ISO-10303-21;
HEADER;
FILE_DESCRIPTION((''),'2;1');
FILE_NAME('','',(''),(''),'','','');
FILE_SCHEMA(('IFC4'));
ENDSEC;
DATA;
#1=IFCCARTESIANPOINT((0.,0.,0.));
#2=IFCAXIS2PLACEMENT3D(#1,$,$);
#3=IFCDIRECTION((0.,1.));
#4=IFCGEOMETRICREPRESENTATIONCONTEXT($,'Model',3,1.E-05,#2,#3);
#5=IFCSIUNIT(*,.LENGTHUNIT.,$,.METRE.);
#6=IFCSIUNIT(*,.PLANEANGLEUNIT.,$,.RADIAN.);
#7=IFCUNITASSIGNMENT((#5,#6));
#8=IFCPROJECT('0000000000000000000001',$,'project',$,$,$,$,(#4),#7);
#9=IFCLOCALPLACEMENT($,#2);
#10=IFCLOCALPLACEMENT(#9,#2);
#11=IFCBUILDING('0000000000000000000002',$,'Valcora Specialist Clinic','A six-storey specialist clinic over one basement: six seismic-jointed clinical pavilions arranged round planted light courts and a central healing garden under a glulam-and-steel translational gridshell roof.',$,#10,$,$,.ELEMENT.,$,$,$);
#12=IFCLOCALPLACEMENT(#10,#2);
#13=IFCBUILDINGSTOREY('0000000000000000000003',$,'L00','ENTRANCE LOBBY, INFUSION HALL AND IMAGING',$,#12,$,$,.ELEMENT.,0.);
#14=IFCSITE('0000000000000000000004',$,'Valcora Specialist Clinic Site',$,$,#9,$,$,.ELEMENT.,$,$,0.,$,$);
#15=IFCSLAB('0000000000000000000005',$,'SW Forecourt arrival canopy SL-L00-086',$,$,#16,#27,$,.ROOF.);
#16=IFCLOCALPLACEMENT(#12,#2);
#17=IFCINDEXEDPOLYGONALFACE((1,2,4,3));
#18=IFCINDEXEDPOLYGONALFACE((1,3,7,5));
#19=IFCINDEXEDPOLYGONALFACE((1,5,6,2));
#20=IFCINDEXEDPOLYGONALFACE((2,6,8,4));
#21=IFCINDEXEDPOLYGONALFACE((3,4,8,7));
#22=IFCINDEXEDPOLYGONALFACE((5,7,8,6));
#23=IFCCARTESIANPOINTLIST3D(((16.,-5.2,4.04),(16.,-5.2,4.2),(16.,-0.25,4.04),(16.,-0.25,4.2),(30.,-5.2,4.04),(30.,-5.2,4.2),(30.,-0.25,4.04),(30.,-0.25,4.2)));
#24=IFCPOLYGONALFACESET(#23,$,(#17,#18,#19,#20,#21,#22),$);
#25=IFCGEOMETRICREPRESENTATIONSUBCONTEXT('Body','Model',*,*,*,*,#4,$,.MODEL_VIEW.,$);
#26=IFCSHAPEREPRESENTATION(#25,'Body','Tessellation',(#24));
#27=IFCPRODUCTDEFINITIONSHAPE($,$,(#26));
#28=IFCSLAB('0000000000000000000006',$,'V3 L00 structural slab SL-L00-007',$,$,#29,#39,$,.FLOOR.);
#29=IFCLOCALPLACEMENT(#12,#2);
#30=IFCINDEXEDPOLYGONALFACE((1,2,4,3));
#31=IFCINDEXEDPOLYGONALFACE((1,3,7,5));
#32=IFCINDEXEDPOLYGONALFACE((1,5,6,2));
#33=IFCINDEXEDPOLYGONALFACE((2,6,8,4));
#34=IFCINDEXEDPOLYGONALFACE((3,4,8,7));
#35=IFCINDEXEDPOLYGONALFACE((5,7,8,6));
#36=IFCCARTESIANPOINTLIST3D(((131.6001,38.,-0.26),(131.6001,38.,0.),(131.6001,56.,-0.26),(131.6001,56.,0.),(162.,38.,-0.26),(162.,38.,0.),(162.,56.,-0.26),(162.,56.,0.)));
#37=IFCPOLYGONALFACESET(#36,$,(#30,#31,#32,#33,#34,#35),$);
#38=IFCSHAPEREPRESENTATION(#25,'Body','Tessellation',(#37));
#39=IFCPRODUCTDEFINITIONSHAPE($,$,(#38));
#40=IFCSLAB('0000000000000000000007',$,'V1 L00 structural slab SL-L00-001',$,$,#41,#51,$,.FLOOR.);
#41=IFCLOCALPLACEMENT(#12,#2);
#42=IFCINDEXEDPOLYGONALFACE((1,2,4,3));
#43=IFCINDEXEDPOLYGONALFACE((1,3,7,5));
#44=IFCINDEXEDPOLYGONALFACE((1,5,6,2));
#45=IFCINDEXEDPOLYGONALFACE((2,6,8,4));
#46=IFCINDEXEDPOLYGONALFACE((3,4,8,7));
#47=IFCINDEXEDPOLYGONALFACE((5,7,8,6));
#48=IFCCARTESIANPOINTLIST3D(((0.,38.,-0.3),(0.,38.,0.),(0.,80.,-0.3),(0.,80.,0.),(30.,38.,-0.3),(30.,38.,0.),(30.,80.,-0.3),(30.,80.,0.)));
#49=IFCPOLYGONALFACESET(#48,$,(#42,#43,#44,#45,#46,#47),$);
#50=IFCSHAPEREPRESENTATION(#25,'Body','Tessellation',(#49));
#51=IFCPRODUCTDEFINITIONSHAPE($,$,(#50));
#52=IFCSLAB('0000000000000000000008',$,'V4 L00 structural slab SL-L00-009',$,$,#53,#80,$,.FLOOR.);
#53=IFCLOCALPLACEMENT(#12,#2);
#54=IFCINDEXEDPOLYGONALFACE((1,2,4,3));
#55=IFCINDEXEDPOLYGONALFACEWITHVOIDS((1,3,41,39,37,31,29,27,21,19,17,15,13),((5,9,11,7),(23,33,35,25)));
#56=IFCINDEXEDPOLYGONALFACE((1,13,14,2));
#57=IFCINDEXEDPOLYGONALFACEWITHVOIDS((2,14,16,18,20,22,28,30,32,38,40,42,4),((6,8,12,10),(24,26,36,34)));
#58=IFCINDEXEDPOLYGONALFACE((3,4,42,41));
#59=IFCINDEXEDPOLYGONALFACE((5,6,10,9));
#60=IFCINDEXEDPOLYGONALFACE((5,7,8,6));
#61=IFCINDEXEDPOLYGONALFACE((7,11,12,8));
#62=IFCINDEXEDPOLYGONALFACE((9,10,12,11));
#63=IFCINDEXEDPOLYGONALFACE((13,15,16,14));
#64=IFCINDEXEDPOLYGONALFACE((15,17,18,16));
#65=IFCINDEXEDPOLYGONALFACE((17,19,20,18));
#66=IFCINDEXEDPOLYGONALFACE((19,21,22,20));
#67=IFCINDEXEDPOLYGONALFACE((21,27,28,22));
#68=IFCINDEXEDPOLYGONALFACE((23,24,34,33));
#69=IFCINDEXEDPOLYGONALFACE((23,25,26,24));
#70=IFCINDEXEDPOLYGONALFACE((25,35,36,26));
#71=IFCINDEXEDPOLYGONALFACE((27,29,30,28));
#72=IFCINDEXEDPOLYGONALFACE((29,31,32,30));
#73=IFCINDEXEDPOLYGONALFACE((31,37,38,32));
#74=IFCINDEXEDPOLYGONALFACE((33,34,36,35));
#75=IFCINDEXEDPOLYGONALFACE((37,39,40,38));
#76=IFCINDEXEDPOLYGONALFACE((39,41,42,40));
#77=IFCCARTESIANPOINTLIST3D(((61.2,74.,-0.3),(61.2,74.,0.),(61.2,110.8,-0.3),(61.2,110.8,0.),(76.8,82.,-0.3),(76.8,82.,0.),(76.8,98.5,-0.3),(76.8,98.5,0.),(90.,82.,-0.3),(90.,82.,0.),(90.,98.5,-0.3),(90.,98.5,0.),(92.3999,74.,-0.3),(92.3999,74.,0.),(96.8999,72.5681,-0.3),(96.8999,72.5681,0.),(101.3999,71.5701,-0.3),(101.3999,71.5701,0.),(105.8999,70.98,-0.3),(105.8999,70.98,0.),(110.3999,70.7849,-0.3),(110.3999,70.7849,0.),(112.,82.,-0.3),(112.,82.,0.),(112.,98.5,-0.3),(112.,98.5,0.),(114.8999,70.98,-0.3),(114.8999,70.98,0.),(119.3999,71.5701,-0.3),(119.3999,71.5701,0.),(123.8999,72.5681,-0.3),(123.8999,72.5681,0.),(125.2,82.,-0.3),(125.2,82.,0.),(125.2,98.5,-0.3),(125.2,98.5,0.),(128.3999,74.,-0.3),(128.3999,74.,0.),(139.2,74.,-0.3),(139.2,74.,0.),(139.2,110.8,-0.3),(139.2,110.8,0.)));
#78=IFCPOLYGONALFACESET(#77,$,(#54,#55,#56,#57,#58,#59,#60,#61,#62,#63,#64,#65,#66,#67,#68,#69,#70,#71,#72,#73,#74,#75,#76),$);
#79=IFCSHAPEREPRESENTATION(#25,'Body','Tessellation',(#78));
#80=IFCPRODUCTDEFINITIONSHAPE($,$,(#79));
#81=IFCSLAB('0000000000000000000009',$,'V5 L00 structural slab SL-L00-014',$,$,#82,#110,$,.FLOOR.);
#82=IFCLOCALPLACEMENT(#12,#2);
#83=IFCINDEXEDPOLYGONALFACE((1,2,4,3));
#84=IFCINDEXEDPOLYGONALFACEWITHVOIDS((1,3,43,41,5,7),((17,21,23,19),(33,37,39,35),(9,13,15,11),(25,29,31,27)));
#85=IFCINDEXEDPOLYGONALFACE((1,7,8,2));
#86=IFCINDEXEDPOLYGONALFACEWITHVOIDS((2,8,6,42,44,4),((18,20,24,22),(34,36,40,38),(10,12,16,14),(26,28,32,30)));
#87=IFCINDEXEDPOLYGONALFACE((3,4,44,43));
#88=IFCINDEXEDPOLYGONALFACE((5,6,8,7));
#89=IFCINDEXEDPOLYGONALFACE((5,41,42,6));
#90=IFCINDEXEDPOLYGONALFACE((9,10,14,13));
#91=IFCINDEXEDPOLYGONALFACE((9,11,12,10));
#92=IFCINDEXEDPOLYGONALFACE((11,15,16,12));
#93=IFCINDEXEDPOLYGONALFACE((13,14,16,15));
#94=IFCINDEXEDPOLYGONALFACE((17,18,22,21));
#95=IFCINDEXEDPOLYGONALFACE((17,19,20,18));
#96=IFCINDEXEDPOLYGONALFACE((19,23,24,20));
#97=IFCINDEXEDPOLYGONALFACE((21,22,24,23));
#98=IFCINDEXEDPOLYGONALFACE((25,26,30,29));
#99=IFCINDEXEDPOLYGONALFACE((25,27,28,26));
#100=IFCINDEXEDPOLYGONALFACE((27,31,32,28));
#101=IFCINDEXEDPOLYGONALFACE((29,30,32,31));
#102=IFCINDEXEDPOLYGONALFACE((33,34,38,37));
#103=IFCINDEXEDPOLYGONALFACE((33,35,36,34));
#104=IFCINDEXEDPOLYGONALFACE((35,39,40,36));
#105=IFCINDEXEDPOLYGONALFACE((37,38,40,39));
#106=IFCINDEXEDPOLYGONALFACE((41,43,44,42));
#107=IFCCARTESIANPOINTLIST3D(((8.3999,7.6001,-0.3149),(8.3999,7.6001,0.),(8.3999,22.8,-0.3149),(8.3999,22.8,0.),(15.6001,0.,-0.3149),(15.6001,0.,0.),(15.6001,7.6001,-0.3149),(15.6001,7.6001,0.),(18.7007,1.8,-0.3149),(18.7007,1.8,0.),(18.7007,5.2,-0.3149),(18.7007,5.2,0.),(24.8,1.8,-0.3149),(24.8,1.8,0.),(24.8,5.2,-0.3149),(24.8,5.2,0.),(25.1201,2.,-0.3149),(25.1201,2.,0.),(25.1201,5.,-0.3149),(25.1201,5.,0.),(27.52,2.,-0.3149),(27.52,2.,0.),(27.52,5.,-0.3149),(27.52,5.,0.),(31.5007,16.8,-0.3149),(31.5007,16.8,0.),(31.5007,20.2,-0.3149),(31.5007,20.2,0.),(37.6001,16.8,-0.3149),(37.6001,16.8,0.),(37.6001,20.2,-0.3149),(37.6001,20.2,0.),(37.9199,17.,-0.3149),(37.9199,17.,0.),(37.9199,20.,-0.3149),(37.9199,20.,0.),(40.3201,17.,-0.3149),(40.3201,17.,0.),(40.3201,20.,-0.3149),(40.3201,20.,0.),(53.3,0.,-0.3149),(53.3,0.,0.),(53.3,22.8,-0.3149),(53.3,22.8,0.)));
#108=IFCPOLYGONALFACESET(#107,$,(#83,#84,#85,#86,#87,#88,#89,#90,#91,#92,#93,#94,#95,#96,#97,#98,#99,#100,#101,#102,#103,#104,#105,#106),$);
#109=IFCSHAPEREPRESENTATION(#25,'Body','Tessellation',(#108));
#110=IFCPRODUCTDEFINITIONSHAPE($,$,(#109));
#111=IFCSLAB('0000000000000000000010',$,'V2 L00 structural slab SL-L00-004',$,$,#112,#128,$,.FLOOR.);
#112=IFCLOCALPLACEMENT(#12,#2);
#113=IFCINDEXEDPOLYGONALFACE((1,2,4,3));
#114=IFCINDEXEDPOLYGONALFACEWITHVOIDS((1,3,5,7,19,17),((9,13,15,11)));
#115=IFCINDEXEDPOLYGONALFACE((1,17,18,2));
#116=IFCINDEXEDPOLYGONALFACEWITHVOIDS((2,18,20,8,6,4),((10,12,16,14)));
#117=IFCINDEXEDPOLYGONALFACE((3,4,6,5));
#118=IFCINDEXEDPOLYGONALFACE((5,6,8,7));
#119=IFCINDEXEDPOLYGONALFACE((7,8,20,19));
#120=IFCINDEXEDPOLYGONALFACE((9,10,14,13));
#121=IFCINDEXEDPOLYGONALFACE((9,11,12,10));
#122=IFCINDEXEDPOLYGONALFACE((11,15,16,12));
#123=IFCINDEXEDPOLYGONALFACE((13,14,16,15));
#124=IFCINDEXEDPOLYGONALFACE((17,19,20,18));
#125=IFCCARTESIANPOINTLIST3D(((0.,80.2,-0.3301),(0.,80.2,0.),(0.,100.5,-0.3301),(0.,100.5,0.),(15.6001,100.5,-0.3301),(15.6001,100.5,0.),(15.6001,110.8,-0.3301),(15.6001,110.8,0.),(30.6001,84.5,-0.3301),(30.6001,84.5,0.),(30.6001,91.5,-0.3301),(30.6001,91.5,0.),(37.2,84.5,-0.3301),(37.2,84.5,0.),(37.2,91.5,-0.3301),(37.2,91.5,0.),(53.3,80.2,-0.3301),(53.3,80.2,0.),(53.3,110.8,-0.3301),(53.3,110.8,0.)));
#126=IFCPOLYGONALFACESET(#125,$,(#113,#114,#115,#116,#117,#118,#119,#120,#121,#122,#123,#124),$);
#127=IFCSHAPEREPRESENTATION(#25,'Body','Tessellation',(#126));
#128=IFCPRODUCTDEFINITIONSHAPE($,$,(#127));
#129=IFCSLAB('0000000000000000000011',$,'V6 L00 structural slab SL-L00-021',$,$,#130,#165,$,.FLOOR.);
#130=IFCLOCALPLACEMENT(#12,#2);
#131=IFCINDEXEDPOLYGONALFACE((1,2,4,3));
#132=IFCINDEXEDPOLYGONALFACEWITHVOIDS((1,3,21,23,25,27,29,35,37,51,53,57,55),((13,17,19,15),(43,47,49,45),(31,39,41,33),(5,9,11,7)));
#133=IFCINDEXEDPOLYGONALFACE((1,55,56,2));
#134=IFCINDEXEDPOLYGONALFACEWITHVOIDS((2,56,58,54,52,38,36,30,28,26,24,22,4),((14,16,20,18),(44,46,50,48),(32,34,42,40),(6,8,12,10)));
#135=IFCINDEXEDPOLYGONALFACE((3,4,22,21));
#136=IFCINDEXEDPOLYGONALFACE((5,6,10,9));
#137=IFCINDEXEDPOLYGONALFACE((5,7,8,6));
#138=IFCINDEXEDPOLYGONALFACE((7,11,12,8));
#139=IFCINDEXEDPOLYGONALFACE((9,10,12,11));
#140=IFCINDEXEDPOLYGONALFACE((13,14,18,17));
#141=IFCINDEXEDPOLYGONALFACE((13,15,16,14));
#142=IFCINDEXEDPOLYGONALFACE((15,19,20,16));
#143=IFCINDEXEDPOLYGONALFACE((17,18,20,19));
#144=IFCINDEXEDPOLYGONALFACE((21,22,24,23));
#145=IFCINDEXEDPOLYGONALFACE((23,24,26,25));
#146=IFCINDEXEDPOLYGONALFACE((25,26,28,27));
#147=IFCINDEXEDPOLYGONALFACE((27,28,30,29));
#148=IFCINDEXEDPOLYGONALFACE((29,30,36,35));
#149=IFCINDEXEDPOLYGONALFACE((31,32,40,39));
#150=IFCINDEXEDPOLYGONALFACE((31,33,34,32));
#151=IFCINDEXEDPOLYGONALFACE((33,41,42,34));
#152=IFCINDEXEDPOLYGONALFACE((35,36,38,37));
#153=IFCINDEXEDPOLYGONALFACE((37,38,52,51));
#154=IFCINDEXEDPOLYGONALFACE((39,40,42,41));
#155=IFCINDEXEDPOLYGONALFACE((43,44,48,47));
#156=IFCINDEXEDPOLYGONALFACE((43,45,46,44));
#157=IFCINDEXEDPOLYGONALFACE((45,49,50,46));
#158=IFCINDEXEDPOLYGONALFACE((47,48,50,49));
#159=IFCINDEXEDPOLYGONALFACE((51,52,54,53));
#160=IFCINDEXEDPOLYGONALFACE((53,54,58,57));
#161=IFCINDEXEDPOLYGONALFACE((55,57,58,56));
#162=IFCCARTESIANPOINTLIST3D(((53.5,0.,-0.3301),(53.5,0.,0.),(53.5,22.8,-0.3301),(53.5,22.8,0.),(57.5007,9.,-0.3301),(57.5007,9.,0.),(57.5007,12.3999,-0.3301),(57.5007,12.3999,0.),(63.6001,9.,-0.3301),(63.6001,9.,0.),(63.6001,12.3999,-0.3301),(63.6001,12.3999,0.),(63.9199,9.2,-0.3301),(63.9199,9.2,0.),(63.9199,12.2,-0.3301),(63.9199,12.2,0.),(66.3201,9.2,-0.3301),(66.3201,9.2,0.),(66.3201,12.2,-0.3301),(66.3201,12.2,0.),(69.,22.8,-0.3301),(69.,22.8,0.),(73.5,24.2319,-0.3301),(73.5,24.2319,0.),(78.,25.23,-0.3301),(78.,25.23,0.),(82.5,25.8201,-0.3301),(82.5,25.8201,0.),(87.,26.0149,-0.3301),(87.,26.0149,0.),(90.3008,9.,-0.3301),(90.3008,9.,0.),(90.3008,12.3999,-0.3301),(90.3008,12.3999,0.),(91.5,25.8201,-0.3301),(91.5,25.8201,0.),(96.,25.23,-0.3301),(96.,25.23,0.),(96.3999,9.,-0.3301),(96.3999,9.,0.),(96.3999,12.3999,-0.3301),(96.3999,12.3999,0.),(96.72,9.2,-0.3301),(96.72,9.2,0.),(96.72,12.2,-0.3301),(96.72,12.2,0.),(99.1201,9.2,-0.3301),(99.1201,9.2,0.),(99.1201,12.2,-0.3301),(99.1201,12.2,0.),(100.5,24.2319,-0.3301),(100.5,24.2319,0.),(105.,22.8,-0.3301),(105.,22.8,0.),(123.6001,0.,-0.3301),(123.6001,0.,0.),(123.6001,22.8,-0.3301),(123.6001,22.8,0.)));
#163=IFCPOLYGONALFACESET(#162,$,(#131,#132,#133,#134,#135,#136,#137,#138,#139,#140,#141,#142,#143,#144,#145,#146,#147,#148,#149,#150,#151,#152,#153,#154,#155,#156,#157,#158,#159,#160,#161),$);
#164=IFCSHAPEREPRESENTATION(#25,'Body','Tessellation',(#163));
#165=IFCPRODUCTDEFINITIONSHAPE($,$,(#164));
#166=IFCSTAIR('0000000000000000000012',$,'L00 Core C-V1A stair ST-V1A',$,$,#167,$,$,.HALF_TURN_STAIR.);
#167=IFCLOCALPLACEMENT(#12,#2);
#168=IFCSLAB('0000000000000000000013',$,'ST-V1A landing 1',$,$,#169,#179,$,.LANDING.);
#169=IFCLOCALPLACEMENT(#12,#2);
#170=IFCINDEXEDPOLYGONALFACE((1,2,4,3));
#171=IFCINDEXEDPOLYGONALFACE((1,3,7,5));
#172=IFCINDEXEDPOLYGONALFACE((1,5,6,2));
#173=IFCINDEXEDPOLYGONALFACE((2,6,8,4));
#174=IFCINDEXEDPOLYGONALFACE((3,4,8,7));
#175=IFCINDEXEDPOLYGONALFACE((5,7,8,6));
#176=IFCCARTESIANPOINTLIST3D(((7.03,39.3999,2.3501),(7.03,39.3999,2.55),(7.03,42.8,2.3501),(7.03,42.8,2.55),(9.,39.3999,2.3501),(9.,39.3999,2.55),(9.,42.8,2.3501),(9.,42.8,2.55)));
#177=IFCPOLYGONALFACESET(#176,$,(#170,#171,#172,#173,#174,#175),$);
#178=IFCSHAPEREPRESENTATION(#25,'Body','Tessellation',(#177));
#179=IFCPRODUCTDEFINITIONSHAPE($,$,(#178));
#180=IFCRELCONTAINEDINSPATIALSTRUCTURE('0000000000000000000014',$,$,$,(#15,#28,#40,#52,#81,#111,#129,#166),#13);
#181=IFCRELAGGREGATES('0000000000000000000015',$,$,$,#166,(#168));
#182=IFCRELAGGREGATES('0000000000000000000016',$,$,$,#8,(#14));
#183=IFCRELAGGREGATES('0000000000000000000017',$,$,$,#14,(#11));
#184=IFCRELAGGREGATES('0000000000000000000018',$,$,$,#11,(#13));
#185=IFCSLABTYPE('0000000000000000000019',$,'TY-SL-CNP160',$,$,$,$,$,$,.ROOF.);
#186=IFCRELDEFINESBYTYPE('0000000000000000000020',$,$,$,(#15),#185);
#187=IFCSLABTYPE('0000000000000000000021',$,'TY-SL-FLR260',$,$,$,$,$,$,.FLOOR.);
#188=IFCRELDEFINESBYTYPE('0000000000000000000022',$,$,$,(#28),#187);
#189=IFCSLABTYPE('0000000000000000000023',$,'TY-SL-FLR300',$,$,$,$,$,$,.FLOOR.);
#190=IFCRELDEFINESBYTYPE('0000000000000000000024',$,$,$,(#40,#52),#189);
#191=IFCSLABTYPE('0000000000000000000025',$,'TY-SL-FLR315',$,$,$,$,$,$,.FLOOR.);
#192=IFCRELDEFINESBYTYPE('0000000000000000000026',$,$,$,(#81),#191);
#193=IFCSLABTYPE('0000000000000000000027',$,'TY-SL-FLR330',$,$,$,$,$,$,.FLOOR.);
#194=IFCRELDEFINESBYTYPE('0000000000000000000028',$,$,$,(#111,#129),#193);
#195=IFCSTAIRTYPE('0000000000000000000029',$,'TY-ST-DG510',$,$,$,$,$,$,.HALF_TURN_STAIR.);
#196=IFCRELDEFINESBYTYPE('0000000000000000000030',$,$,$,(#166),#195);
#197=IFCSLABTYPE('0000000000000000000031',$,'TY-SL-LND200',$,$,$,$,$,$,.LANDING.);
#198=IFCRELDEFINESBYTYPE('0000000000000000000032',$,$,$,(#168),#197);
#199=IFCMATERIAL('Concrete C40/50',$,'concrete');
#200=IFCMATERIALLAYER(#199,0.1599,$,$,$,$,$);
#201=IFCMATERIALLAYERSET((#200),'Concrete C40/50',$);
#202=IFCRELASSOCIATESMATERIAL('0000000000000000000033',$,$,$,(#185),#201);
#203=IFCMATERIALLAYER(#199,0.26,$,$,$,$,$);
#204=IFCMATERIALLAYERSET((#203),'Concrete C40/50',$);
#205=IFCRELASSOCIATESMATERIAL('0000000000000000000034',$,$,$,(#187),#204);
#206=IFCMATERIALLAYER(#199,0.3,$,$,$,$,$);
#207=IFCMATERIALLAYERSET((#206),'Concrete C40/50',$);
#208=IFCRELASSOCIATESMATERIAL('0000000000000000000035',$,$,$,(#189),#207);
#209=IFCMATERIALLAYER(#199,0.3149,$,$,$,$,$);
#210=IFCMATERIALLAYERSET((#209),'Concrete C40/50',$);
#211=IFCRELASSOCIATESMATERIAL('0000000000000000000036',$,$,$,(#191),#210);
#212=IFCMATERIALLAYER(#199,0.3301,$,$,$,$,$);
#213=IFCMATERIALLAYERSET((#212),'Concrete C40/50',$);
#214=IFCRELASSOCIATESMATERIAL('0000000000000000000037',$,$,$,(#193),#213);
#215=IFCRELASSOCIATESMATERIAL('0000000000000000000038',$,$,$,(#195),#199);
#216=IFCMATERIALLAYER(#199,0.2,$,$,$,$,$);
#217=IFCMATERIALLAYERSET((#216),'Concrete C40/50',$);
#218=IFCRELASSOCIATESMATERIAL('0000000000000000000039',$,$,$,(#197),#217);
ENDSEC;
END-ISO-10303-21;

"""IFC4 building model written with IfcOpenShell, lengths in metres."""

from ifc_helpers import new_model, si_unit, direction, frame, origin, place, context, subcontext, project, spatial, polyline, outline, extrude, material, layer, layer_set, type_object, element, aggregate, save


model = new_model("IFC4")

# Units and contexts
model_context = context("Model", 3, precision=1e-05, world=origin(), true_north=direction((0.0, 1.0)))
body_context = subcontext(model_context, "Body", "Model", "MODEL_VIEW")
ifc_project = project(units=[si_unit("LENGTHUNIT", "METRE"), si_unit("PLANEANGLEUNIT", "RADIAN")], contexts=[model_context])

# Site, building, storey
site_placement = place(None, origin())
site = spatial("IfcSite", under=ifc_project, at=site_placement, Name="Valcora Specialist Clinic Site", CompositionType="ELEMENT", RefElevation=0.0)
building_placement = place(site_placement, origin())
building = spatial("IfcBuilding", under=site, at=building_placement, Name="Valcora Specialist Clinic", Description="A six-storey specialist clinic over one basement: six seismic-jointed clinical pavilions arranged round planted light courts and a central healing garden under a glulam-and-steel translational gridshell roof.", CompositionType="ELEMENT")
storey_placement = place(building_placement, origin())
storey = spatial("IfcBuildingStorey", under=building, at=storey_placement, Name="L00", Description="ENTRANCE LOBBY, INFUSION HALL AND IMAGING", CompositionType="ELEMENT", Elevation=0.0)

# Slabs
ifc_material_1 = material(Name="Concrete C40/50", Category="concrete")
ifc_layer_1 = layer(ifc_material_1, 0.1599)
ifc_layer_set_1 = layer_set([ifc_layer_1], Name="Concrete C40/50")
slab_type_1 = type_object("IfcSlabType", Name="TY-SL-CNP160", PredefinedType="ROOF", material=ifc_layer_set_1)
slab_1_placement = place(storey_placement, frame((0.0, 0.0, 4.04)))
element("IfcSlab", 1, at=slab_1_placement, inside=storey, type_object=slab_type_1, Name="SW Forecourt arrival canopy SL-L00-086", PredefinedType="ROOF", context=body_context, shape_type="SweptSolid", body=[
    extrude(outline(polyline([(16.0, -5.2), (30.0, -5.2), (30.0, -0.25), (16.0, -0.25), (16.0, -5.2)])), origin(), (0.0, 0.0, 1.0), 0.1599),
])
ifc_layer_2 = layer(ifc_material_1, 0.26)
ifc_layer_set_2 = layer_set([ifc_layer_2], Name="Concrete C40/50")
slab_type_2 = type_object("IfcSlabType", Name="TY-SL-FLR260", PredefinedType="FLOOR", material=ifc_layer_set_2)
slab_2_placement = place(storey_placement, frame((0.0, 0.0, -0.26)))
element("IfcSlab", 2, at=slab_2_placement, inside=storey, type_object=slab_type_2, Name="V3 L00 structural slab SL-L00-007", PredefinedType="FLOOR", context=body_context, shape_type="SweptSolid", body=[
    extrude(outline(polyline([(131.6001, 38.0), (162.0, 38.0), (162.0, 56.0), (131.6001, 56.0), (131.6001, 38.0)])), origin(), (0.0, 0.0, 1.0), 0.26),
])
ifc_layer_3 = layer(ifc_material_1, 0.3)
ifc_layer_set_3 = layer_set([ifc_layer_3], Name="Concrete C40/50")
slab_type_3 = type_object("IfcSlabType", Name="TY-SL-FLR300", PredefinedType="FLOOR", material=ifc_layer_set_3)
slab_3_placement = place(storey_placement, frame((0.0, 0.0, -0.3)))
element("IfcSlab", 3, at=slab_3_placement, inside=storey, type_object=slab_type_3, Name="V1 L00 structural slab SL-L00-001", PredefinedType="FLOOR", context=body_context, shape_type="SweptSolid", body=[
    extrude(outline(polyline([(0.0, 38.0), (30.0, 38.0), (30.0, 80.0), (0.0, 80.0), (0.0, 38.0)])), origin(), (0.0, 0.0, 1.0), 0.3),
])
slab_4_placement = place(storey_placement, frame((0.0, 0.0, -0.3)))
element("IfcSlab", 4, at=slab_4_placement, inside=storey, type_object=slab_type_3, Name="V4 L00 structural slab SL-L00-009", PredefinedType="FLOOR", context=body_context, shape_type="SweptSolid", body=[
    extrude(outline(polyline([(61.2, 74.0), (92.3999, 74.0), (96.8999, 72.5681), (101.3999, 71.5701), (105.8999, 70.98), (110.3999, 70.7849), (114.8999, 70.98), (119.3999, 71.5701), (123.8999, 72.5681), (128.3999, 74.0), (139.2, 74.0), (139.2, 110.8), (61.2, 110.8), (61.2, 74.0)]), holes=[polyline([(76.8, 82.0), (90.0, 82.0), (90.0, 98.5), (76.8, 98.5), (76.8, 82.0)]), polyline([(112.0, 82.0), (125.2, 82.0), (125.2, 98.5), (112.0, 98.5), (112.0, 82.0)])]), origin(), (0.0, 0.0, 1.0), 0.3),
])
ifc_layer_4 = layer(ifc_material_1, 0.3149)
ifc_layer_set_4 = layer_set([ifc_layer_4], Name="Concrete C40/50")
slab_type_4 = type_object("IfcSlabType", Name="TY-SL-FLR315", PredefinedType="FLOOR", material=ifc_layer_set_4)
slab_5_placement = place(storey_placement, frame((0.0, 0.0, -0.3149)))
element("IfcSlab", 5, at=slab_5_placement, inside=storey, type_object=slab_type_4, Name="V5 L00 structural slab SL-L00-014", PredefinedType="FLOOR", context=body_context, shape_type="SweptSolid", body=[
    extrude(outline(polyline([(15.6001, 0.0), (53.3, 0.0), (53.3, 22.8), (8.3999, 22.8), (8.3999, 7.6001), (15.6001, 7.6001), (15.6001, 0.0)]), holes=[polyline([(18.7007, 1.8), (24.8, 1.8), (24.8, 5.2), (18.7007, 5.2), (18.7007, 1.8)]), polyline([(25.1201, 2.0), (27.52, 2.0), (27.52, 5.0), (25.1201, 5.0), (25.1201, 2.0)]), polyline([(31.5007, 16.8), (37.6001, 16.8), (37.6001, 20.2), (31.5007, 20.2), (31.5007, 16.8)]), polyline([(37.9199, 17.0), (40.3201, 17.0), (40.3201, 20.0), (37.9199, 20.0), (37.9199, 17.0)])]), origin(), (0.0, 0.0, 1.0), 0.3149),
])
ifc_layer_5 = layer(ifc_material_1, 0.3301)
ifc_layer_set_5 = layer_set([ifc_layer_5], Name="Concrete C40/50")
slab_type_5 = type_object("IfcSlabType", Name="TY-SL-FLR330", PredefinedType="FLOOR", material=ifc_layer_set_5)
slab_6_placement = place(storey_placement, frame((0.0, 0.0, -0.3301)))
element("IfcSlab", 6, at=slab_6_placement, inside=storey, type_object=slab_type_5, Name="V2 L00 structural slab SL-L00-004", PredefinedType="FLOOR", context=body_context, shape_type="SweptSolid", body=[
    extrude(outline(polyline([(0.0, 80.2), (53.3, 80.2), (53.3, 110.8), (15.6001, 110.8), (15.6001, 100.5), (0.0, 100.5), (0.0, 80.2)]), holes=[polyline([(30.6001, 84.5), (37.2, 84.5), (37.2, 91.5), (30.6001, 91.5), (30.6001, 84.5)])]), origin(), (0.0, 0.0, 1.0), 0.3301),
])
slab_7_placement = place(storey_placement, frame((0.0, 0.0, -0.3301)))
element("IfcSlab", 7, at=slab_7_placement, inside=storey, type_object=slab_type_5, Name="V6 L00 structural slab SL-L00-021", PredefinedType="FLOOR", context=body_context, shape_type="SweptSolid", body=[
    extrude(outline(polyline([(53.5, 0.0), (123.6001, 0.0), (123.6001, 22.8), (105.0, 22.8), (100.5, 24.2319), (96.0, 25.23), (91.5, 25.8201), (87.0, 26.0149), (82.5, 25.8201), (78.0, 25.23), (73.5, 24.2319), (69.0, 22.8), (53.5, 22.8), (53.5, 0.0)]), holes=[polyline([(57.5007, 9.0), (63.6001, 9.0), (63.6001, 12.3999), (57.5007, 12.3999), (57.5007, 9.0)]), polyline([(63.9199, 9.2), (66.3201, 9.2), (66.3201, 12.2), (63.9199, 12.2), (63.9199, 9.2)]), polyline([(90.3008, 9.0), (96.3999, 9.0), (96.3999, 12.3999), (90.3008, 12.3999), (90.3008, 9.0)]), polyline([(96.72, 9.2), (99.1201, 9.2), (99.1201, 12.2), (96.72, 12.2), (96.72, 9.2)])]), origin(), (0.0, 0.0, 1.0), 0.3301),
])

# Stair, slab
stair_type = type_object("IfcStairType", Name="TY-ST-DG510", PredefinedType="HALF_TURN_STAIR", material=ifc_material_1)
stair_1_placement = place(storey_placement, origin())
stair_1 = element("IfcStair", 8, at=stair_1_placement, inside=storey, type_object=stair_type, Name="L00 Core C-V1A stair ST-V1A", PredefinedType="HALF_TURN_STAIR")
ifc_layer_6 = layer(ifc_material_1, 0.2)
ifc_layer_set_6 = layer_set([ifc_layer_6], Name="Concrete C40/50")
slab_type_6 = type_object("IfcSlabType", Name="TY-SL-LND200", PredefinedType="LANDING", material=ifc_layer_set_6)
slab_8_placement = place(storey_placement, frame((0.0, 0.0, 2.3501)))
slab_8 = element("IfcSlab", 9, at=slab_8_placement, type_object=slab_type_6, Name="ST-V1A landing 1", PredefinedType="LANDING", context=body_context, shape_type="SweptSolid", body=[
    extrude(outline(polyline([(7.03, 39.3999), (9.0, 39.3999), (9.0, 42.8), (7.03, 42.8), (7.03, 39.3999)])), origin(), (0.0, 0.0, 1.0), 0.2),
])
aggregate(stair_1, [slab_8])

save(model, "model.ifc")
